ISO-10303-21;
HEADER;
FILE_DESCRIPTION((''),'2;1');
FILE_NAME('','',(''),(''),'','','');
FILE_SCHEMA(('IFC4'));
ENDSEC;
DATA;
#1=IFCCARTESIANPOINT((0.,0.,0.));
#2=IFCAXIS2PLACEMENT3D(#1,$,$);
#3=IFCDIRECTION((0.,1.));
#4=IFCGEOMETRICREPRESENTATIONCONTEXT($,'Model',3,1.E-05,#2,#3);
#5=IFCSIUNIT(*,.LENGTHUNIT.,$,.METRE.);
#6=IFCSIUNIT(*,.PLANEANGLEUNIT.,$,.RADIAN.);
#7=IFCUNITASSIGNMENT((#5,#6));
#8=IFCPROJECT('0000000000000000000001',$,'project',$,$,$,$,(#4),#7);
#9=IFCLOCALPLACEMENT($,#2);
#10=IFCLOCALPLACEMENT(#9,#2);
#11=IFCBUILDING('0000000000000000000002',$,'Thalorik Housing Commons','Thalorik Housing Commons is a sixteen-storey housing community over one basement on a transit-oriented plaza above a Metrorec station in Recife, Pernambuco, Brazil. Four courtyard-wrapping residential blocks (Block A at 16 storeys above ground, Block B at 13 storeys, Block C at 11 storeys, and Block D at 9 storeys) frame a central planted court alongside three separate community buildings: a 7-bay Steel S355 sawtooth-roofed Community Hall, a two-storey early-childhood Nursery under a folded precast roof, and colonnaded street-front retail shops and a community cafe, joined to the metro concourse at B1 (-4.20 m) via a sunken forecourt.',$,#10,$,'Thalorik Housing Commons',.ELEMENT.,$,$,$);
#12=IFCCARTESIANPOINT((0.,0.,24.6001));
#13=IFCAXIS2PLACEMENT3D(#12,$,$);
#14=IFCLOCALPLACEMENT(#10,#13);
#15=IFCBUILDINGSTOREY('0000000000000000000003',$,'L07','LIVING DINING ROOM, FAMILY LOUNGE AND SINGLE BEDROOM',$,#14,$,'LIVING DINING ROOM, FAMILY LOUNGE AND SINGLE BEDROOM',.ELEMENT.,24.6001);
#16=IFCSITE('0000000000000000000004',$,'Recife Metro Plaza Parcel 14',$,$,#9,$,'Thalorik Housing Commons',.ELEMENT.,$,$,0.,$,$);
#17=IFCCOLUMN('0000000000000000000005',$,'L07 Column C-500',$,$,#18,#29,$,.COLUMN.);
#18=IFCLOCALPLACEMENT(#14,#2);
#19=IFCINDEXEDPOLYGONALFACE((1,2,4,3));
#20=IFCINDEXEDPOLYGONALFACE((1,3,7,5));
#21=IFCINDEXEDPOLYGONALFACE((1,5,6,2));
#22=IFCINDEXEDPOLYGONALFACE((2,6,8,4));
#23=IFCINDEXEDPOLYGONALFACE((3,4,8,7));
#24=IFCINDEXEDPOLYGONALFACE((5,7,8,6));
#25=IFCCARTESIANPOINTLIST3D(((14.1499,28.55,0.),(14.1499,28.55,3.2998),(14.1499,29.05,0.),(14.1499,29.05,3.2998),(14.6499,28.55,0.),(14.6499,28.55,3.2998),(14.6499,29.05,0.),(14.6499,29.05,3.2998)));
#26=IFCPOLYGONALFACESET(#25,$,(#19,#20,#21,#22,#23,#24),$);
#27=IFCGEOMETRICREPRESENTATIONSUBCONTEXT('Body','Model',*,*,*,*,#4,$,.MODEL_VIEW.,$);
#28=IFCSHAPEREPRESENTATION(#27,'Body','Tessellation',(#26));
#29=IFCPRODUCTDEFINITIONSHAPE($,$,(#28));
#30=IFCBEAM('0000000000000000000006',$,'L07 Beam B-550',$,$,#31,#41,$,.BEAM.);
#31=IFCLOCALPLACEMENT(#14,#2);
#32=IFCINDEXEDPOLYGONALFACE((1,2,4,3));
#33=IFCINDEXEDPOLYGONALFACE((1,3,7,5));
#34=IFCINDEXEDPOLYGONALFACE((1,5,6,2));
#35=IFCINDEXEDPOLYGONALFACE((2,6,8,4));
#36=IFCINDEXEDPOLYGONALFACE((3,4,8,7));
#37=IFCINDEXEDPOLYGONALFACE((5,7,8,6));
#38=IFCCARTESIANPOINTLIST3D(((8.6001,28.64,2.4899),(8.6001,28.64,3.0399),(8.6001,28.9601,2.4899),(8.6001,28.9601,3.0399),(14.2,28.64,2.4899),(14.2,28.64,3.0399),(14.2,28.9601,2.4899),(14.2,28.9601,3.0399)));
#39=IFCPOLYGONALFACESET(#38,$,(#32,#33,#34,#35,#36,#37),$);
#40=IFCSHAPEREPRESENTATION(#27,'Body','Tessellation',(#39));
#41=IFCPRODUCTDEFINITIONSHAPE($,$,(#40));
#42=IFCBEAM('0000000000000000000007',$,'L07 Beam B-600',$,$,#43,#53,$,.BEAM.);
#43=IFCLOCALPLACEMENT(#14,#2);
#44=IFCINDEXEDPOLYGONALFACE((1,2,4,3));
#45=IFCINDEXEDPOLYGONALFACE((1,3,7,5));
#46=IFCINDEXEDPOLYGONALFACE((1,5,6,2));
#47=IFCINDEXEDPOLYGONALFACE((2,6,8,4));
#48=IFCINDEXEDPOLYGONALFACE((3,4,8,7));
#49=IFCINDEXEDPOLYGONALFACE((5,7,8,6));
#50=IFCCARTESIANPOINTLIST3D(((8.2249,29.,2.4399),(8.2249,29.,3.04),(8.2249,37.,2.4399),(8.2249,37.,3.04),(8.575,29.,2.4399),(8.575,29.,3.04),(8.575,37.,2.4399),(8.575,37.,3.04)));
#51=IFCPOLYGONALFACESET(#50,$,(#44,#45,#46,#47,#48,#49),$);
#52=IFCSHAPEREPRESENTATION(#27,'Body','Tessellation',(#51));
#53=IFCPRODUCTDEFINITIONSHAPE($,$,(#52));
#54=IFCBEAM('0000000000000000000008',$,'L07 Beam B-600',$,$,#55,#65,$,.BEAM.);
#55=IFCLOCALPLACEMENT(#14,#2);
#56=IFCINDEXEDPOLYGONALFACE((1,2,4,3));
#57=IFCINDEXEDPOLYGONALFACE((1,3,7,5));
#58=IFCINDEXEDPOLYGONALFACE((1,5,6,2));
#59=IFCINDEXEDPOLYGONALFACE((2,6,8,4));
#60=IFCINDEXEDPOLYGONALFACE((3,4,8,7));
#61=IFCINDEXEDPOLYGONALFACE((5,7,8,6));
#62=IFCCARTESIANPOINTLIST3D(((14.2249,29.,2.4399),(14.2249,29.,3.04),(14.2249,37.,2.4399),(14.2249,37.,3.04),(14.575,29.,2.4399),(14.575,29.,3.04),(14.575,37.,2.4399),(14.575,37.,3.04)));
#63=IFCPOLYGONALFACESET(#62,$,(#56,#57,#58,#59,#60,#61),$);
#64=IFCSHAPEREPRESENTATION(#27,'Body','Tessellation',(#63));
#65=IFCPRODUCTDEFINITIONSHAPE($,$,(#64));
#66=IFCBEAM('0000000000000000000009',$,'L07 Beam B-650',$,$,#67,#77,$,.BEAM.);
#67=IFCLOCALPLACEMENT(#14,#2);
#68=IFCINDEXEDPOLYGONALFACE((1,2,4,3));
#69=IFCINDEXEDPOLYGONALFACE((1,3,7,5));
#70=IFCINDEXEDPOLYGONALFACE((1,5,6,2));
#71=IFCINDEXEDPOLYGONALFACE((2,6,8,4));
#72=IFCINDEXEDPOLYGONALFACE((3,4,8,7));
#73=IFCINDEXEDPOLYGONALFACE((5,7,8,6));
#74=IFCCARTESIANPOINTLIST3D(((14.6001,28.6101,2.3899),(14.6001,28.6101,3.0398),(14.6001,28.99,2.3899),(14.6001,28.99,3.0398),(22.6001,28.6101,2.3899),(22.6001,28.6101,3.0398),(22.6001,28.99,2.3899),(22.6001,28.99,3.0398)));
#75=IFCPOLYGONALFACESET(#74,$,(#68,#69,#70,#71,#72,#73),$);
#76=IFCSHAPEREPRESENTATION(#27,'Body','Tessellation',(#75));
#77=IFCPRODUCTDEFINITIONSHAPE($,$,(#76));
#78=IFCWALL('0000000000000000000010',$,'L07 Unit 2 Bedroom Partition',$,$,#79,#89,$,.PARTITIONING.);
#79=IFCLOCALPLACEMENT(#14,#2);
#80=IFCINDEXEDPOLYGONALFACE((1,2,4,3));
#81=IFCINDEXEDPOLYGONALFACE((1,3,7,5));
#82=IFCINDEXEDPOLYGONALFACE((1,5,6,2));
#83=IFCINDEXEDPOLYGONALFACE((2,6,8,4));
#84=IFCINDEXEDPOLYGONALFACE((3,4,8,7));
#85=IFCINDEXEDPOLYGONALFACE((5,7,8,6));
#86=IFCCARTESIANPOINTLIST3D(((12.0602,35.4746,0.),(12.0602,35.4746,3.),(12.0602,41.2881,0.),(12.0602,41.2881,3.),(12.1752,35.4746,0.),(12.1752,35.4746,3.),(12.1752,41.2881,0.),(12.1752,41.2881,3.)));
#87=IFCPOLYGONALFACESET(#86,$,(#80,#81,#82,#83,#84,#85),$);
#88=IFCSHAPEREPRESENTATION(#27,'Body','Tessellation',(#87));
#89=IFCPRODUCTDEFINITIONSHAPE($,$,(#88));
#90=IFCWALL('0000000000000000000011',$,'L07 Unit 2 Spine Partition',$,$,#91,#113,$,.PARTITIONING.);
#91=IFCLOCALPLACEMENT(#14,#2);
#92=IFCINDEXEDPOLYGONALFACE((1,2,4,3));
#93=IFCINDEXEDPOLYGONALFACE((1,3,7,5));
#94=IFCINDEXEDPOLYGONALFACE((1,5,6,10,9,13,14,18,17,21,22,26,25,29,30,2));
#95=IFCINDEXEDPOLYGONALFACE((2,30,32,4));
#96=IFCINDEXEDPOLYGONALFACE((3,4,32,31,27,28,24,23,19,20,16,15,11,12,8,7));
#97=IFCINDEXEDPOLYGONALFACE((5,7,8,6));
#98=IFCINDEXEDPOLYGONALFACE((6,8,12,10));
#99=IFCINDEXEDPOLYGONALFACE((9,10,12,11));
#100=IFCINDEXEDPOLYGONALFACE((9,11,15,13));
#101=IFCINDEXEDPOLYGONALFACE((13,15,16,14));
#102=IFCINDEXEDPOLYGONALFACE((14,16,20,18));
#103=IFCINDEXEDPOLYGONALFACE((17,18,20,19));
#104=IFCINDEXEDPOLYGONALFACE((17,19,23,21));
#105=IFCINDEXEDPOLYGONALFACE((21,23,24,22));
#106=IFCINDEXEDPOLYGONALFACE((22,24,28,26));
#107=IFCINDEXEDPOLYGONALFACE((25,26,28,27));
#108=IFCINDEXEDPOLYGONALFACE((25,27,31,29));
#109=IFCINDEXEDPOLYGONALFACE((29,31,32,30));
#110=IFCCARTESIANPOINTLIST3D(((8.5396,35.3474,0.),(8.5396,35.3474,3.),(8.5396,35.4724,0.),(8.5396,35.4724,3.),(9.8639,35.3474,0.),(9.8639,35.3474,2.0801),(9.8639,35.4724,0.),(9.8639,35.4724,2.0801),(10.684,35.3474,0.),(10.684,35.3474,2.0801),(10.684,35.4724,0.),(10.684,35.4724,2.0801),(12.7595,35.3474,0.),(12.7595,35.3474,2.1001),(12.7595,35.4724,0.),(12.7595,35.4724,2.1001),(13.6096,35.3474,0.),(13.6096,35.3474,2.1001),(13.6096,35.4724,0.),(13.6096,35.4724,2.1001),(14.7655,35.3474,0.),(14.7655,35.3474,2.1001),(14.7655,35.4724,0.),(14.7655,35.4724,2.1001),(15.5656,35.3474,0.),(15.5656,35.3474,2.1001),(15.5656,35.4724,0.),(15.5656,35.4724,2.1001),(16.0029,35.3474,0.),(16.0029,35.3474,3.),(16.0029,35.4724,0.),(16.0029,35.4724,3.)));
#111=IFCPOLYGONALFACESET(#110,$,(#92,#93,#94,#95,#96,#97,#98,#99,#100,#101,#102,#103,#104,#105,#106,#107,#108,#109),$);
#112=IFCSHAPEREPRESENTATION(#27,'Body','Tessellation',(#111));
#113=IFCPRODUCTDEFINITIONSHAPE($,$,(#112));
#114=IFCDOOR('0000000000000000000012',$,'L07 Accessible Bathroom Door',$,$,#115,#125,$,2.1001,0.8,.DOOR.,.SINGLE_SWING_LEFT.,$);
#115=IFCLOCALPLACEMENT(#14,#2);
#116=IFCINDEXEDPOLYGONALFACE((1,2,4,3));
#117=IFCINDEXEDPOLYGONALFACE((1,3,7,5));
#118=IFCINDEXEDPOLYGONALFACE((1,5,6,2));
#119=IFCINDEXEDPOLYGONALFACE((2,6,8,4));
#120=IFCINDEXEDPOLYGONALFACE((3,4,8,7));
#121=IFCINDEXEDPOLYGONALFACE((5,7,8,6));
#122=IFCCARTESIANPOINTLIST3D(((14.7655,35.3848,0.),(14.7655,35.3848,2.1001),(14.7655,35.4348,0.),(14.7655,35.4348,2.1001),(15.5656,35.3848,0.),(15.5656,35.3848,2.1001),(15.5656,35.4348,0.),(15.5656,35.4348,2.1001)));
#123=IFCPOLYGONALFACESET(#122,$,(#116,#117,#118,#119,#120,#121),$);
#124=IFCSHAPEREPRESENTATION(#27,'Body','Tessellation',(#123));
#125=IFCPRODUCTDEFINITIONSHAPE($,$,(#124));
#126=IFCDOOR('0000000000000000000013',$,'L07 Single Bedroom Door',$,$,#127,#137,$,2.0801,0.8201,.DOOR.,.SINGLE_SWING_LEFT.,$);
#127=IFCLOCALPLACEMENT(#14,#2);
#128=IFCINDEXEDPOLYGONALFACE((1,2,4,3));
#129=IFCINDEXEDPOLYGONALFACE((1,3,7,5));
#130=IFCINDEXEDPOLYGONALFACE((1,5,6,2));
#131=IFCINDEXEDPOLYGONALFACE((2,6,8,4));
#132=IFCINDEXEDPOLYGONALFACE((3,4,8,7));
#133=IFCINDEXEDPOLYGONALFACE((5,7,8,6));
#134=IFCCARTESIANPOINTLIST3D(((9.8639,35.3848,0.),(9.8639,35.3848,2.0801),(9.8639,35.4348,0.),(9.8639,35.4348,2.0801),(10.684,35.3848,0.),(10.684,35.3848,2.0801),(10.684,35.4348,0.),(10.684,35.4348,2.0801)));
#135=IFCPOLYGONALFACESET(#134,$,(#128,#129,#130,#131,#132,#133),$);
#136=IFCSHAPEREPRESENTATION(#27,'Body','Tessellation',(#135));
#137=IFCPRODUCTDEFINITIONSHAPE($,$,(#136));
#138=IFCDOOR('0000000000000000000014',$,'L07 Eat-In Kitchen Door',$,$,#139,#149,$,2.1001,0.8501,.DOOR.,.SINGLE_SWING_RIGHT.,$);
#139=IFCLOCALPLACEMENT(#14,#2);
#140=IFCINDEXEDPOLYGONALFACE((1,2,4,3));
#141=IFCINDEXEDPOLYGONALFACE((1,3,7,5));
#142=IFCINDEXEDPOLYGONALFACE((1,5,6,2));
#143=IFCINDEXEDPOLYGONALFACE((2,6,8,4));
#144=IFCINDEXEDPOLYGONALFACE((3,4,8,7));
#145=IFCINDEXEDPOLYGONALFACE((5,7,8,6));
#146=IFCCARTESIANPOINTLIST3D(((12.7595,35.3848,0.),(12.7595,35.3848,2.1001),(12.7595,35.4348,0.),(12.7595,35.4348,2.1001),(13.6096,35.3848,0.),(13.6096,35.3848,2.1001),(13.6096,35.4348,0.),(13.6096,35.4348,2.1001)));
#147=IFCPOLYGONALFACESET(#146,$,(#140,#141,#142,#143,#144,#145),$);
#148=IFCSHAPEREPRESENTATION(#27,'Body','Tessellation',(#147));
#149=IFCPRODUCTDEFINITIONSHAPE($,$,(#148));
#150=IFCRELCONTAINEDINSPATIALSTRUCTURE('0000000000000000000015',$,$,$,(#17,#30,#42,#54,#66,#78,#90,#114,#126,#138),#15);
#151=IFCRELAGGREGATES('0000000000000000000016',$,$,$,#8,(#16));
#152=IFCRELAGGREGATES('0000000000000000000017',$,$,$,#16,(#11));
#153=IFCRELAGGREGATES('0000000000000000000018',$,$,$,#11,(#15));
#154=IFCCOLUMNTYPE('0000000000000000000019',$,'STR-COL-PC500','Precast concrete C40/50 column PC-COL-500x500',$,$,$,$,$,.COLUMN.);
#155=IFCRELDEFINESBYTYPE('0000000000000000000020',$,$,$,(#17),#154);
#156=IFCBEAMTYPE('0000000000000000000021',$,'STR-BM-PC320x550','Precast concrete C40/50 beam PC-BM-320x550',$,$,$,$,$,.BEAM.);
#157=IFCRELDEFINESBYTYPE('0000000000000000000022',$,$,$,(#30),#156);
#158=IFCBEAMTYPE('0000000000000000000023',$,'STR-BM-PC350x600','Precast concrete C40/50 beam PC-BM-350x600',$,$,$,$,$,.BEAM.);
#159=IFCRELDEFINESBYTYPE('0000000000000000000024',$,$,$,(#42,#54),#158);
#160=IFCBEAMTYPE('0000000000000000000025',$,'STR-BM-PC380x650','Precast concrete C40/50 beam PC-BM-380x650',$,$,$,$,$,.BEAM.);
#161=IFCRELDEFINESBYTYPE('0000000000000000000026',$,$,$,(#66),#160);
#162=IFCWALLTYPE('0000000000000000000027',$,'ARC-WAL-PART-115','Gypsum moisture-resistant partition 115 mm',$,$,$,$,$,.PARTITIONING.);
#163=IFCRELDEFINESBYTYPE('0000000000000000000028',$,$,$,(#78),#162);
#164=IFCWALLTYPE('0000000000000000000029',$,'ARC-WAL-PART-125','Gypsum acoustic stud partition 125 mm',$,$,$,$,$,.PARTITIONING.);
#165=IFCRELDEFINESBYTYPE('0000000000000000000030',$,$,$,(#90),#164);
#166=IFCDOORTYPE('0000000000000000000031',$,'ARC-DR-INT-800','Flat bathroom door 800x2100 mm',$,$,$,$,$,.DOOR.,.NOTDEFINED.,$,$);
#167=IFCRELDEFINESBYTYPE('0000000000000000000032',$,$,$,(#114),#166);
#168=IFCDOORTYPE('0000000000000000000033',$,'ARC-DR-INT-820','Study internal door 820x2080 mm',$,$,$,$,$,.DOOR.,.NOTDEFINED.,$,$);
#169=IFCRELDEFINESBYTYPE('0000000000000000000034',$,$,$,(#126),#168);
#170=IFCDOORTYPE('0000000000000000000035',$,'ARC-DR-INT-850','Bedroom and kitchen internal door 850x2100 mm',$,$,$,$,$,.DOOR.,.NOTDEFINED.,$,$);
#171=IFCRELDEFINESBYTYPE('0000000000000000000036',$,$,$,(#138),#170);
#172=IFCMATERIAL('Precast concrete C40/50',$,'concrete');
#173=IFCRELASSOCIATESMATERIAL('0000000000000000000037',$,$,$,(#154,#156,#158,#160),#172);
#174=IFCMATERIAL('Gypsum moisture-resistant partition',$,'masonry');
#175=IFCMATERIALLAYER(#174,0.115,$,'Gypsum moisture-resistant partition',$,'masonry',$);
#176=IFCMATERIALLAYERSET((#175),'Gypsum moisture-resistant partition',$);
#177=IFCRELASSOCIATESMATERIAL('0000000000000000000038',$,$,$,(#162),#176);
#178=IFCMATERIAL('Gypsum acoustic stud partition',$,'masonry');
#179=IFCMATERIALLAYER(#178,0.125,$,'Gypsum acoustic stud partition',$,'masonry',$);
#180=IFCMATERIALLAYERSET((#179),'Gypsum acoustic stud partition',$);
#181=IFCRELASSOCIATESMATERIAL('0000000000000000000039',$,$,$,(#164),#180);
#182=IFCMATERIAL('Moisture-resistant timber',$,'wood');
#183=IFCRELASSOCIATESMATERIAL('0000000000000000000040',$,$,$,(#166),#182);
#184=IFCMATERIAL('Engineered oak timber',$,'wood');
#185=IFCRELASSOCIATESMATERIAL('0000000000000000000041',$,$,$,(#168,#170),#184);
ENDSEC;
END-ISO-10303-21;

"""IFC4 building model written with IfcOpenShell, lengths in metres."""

from ifc_helpers import new_model, si_unit, direction, frame, frame_2d, origin, origin_2d, place, context, subcontext, project, spatial, rectangle, extrude, material, layer, layer_set, material_profile, profile_set, type_object, element, fill, save


model = new_model("IFC4")

# Units and contexts
model_context = context("Model", 3, precision=1e-05, world=origin(), true_north=direction((0.0, 1.0)))
body_context = subcontext(model_context, "Body", "Model", "MODEL_VIEW")
ifc_project = project(units=[si_unit("LENGTHUNIT", "METRE"), si_unit("PLANEANGLEUNIT", "RADIAN")], contexts=[model_context])

# Site, building, storey
site_placement = place(None, origin())
site = spatial("IfcSite", under=ifc_project, at=site_placement, Name="Recife Metro Plaza Parcel 14", LongName="Thalorik Housing Commons", CompositionType="ELEMENT", RefElevation=0.0)
building_placement = place(site_placement, origin())
building = spatial("IfcBuilding", under=site, at=building_placement, Name="Thalorik Housing Commons", Description="Thalorik Housing Commons is a sixteen-storey housing community over one basement on a transit-oriented plaza above a Metrorec station in Recife, Pernambuco, Brazil. Four courtyard-wrapping residential blocks (Block A at 16 storeys above ground, Block B at 13 storeys, Block C at 11 storeys, and Block D at 9 storeys) frame a central planted court alongside three separate community buildings: a 7-bay Steel S355 sawtooth-roofed Community Hall, a two-storey early-childhood Nursery under a folded precast roof, and colonnaded street-front retail shops and a community cafe, joined to the metro concourse at B1 (-4.20 m) via a sunken forecourt.", LongName="Thalorik Housing Commons", CompositionType="ELEMENT")
storey_placement = place(building_placement, frame((0.0, 0.0, 24.6001)))
storey = spatial("IfcBuildingStorey", under=building, at=storey_placement, Name="L07", Description="LIVING DINING ROOM, FAMILY LOUNGE AND SINGLE BEDROOM", LongName="LIVING DINING ROOM, FAMILY LOUNGE AND SINGLE BEDROOM", CompositionType="ELEMENT", Elevation=24.6001)

# Column
ifc_material_1 = material(Name="Precast concrete C40/50", Category="concrete")
ifc_material_profile_1 = material_profile(ifc_material_1, rectangle(XDim=0.5, YDim=0.5, at=origin_2d()), Name="PC 500x500", Category="concrete")
ifc_profile_set_1 = profile_set([ifc_material_profile_1], Name="Precast concrete C40/50")
column_type = type_object("IfcColumnType", Name="STR-COL-PC500", Description="Precast concrete C40/50 column PC-COL-500x500", PredefinedType="COLUMN", material=ifc_profile_set_1)
column_placement = place(storey_placement, frame((14.3999, 28.8, 0.0), z_axis=(0.0, 0.0, 1.0), x_axis=(1.0, 0.0, 0.0)))
element("IfcColumn", 1, at=column_placement, inside=storey, type_object=column_type, Name="L07 Column C-500", PredefinedType="COLUMN", context=body_context, shape_type="SweptSolid", body=[
    extrude(rectangle(XDim=0.5, YDim=0.5, at=origin_2d()), origin(), (0.0, 0.0, 1.0), 3.2998),
])

# Beams
ifc_material_profile_2 = material_profile(ifc_material_1, rectangle(XDim=0.3201, YDim=0.55, at=origin_2d()), Name="PC 320x550", Category="concrete")
ifc_profile_set_2 = profile_set([ifc_material_profile_2], Name="Precast concrete C40/50")
beam_type_1 = type_object("IfcBeamType", Name="STR-BM-PC320x550", Description="Precast concrete C40/50 beam PC-BM-320x550", PredefinedType="BEAM", material=ifc_profile_set_2)
beam_1_placement = place(storey_placement, frame((8.6001, 28.8, 2.7649), z_axis=(1.0, 0.0, 0.0), x_axis=(0.0, 1.0, 0.0)))
element("IfcBeam", 2, at=beam_1_placement, inside=storey, type_object=beam_type_1, Name="L07 Beam B-550", PredefinedType="BEAM", context=body_context, shape_type="SweptSolid", body=[
    extrude(rectangle(XDim=0.3201, YDim=0.55, at=origin_2d()), origin(), (0.0, 0.0, 1.0), 5.5999),
])
ifc_material_profile_3 = material_profile(ifc_material_1, rectangle(XDim=0.3501, YDim=0.6001, at=origin_2d()), Name="PC 350x600", Category="concrete")
ifc_profile_set_3 = profile_set([ifc_material_profile_3], Name="Precast concrete C40/50")
beam_type_2 = type_object("IfcBeamType", Name="STR-BM-PC350x600", Description="Precast concrete C40/50 beam PC-BM-350x600", PredefinedType="BEAM", material=ifc_profile_set_3)
for number, where, z_axis, x_axis, name in (
    (3, (8.3999, 29.0, 2.74), (0.0, 1.0, 0.0), (-1.0, 0.0, 0.0), "L07 Beam B-600"),
    (4, (14.3999, 29.0, 2.74), (0.0, 1.0, 0.0), (-1.0, 0.0, 0.0), "L07 Beam B-600"),
):
    element("IfcBeam", number, at=place(storey_placement, frame(where, z_axis=z_axis, x_axis=x_axis)), inside=storey, type_object=beam_type_2, Name=name, PredefinedType="BEAM", context=body_context, shape_type="SweptSolid", body=[
        extrude(rectangle(XDim=0.3501, YDim=0.6001, at=origin_2d()), origin(), (0.0, 0.0, 1.0), 8.0),
    ])
ifc_material_profile_4 = material_profile(ifc_material_1, rectangle(XDim=0.3799, YDim=0.6499, at=origin_2d()), Name="PC 380x650", Category="concrete")
ifc_profile_set_4 = profile_set([ifc_material_profile_4], Name="Precast concrete C40/50")
beam_type_3 = type_object("IfcBeamType", Name="STR-BM-PC380x650", Description="Precast concrete C40/50 beam PC-BM-380x650", PredefinedType="BEAM", material=ifc_profile_set_4)
beam_2_placement = place(storey_placement, frame((14.6001, 28.8, 2.7148), z_axis=(1.0, 0.0, 0.0), x_axis=(0.0, 1.0, 0.0)))
element("IfcBeam", 5, at=beam_2_placement, inside=storey, type_object=beam_type_3, Name="L07 Beam B-650", PredefinedType="BEAM", context=body_context, shape_type="SweptSolid", body=[
    extrude(rectangle(XDim=0.3799, YDim=0.6499, at=origin_2d()), origin(), (0.0, 0.0, 1.0), 8.0),
])

# Wall
ifc_material_2 = material(Name="Gypsum moisture-resistant partition", Category="masonry")
ifc_layer_1 = layer(ifc_material_2, 0.115, Name="Gypsum moisture-resistant partition", Category="masonry")
ifc_layer_set_1 = layer_set([ifc_layer_1], Name="Gypsum moisture-resistant partition")
wall_type_1 = type_object("IfcWallType", Name="ARC-WAL-PART-115", Description="Gypsum moisture-resistant partition 115 mm", PredefinedType="PARTITIONING", material=ifc_layer_set_1)
wall_1_placement = place(storey_placement, frame((12.1177, 35.4746, 0.0), z_axis=(0.0, 0.0, 1.0), x_axis=(0.0, 1.0, 0.0)))
element("IfcWall", 6, at=wall_1_placement, inside=storey, type_object=wall_type_1, Name="L07 Unit 2 Bedroom Partition", PredefinedType="PARTITIONING", context=body_context, shape_type="SweptSolid", body=[
    extrude(rectangle(XDim=5.8135, YDim=0.115, at=frame_2d((2.9067, 0.0))), origin(), (0.0, 0.0, 1.0), 3.0),
])

# Wall, openings, doors
ifc_material_3 = material(Name="Gypsum acoustic stud partition", Category="masonry")
ifc_layer_2 = layer(ifc_material_3, 0.125, Name="Gypsum acoustic stud partition", Category="masonry")
ifc_layer_set_2 = layer_set([ifc_layer_2], Name="Gypsum acoustic stud partition")
wall_type_2 = type_object("IfcWallType", Name="ARC-WAL-PART-125", Description="Gypsum acoustic stud partition 125 mm", PredefinedType="PARTITIONING", material=ifc_layer_set_2)
wall_2_placement = place(storey_placement, frame((8.5396, 35.4099, 0.0), z_axis=(0.0, 0.0, 1.0), x_axis=(1.0, 0.0, 0.0)))
wall_2 = element("IfcWall", 7, at=wall_2_placement, inside=storey, type_object=wall_type_2, Name="L07 Unit 2 Spine Partition", PredefinedType="PARTITIONING", context=body_context, shape_type="SweptSolid", body=[
    extrude(rectangle(XDim=7.4634, YDim=0.125, at=frame_2d((3.7317, 0.0))), origin(), (0.0, 0.0, 1.0), 3.0),
])
opening_1_placement = place(wall_2_placement, frame((1.3242, 0.0, 0.0)))
opening_1 = element("IfcOpeningElement", 8, at=opening_1_placement, cuts=wall_2, PredefinedType="OPENING", context=body_context, shape_type="SweptSolid", body=[
    extrude(rectangle(XDim=0.8201, YDim=2.0801, at=frame_2d((0.4102, 1.04))), frame((0.0, 0.0725, 0.0), z_axis=(0.0, -1.0, 0.0), x_axis=(1.0, 0.0, 0.0)), (0.0, 0.0, 1.0), 0.145),
])
opening_2_placement = place(wall_2_placement, frame((4.22, 0.0, 0.0)))
opening_2 = element("IfcOpeningElement", 9, at=opening_2_placement, cuts=wall_2, PredefinedType="OPENING", context=body_context, shape_type="SweptSolid", body=[
    extrude(rectangle(XDim=0.8501, YDim=2.1001, at=frame_2d((0.425, 1.05))), frame((0.0, 0.0725, 0.0), z_axis=(0.0, -1.0, 0.0), x_axis=(1.0, 0.0, 0.0)), (0.0, 0.0, 1.0), 0.145),
])
opening_3_placement = place(wall_2_placement, frame((6.2261, 0.0, 0.0)))
opening_3 = element("IfcOpeningElement", 10, at=opening_3_placement, cuts=wall_2, PredefinedType="OPENING", context=body_context, shape_type="SweptSolid", body=[
    extrude(rectangle(XDim=0.8, YDim=2.1001, at=frame_2d((0.3999, 1.05))), frame((0.0, 0.0725, 0.0), z_axis=(0.0, -1.0, 0.0), x_axis=(1.0, 0.0, 0.0)), (0.0, 0.0, 1.0), 0.145),
])
ifc_material_4 = material(Name="Moisture-resistant timber", Category="wood")
door_type_1 = type_object("IfcDoorType", Name="ARC-DR-INT-800", Description="Flat bathroom door 800x2100 mm", OperationType="NOTDEFINED", PredefinedType="DOOR", material=ifc_material_4)
door_1_placement = place(opening_3_placement, origin())
door_1 = element("IfcDoor", 11, at=door_1_placement, inside=storey, type_object=door_type_1, Name="L07 Accessible Bathroom Door", OperationType="SINGLE_SWING_LEFT", OverallHeight=2.1001, OverallWidth=0.8, PredefinedType="DOOR", context=body_context, shape_type="SweptSolid", body=[
    extrude(rectangle(XDim=0.8, YDim=2.1001, at=frame_2d((0.3999, 1.05))), frame((0.0, 0.0249, 0.0), z_axis=(0.0, -1.0, 0.0), x_axis=(1.0, 0.0, 0.0)), (0.0, 0.0, 1.0), 0.05),
])
fill(opening_3, door_1)
ifc_material_5 = material(Name="Engineered oak timber", Category="wood")
door_type_2 = type_object("IfcDoorType", Name="ARC-DR-INT-820", Description="Study internal door 820x2080 mm", OperationType="NOTDEFINED", PredefinedType="DOOR", material=ifc_material_5)
door_2_placement = place(opening_1_placement, origin())
door_2 = element("IfcDoor", 12, at=door_2_placement, inside=storey, type_object=door_type_2, Name="L07 Single Bedroom Door", OperationType="SINGLE_SWING_LEFT", OverallHeight=2.0801, OverallWidth=0.8201, PredefinedType="DOOR", context=body_context, shape_type="SweptSolid", body=[
    extrude(rectangle(XDim=0.8201, YDim=2.0801, at=frame_2d((0.4102, 1.04))), frame((0.0, 0.0249, 0.0), z_axis=(0.0, -1.0, 0.0), x_axis=(1.0, 0.0, 0.0)), (0.0, 0.0, 1.0), 0.05),
])
fill(opening_1, door_2)
door_type_3 = type_object("IfcDoorType", Name="ARC-DR-INT-850", Description="Bedroom and kitchen internal door 850x2100 mm", OperationType="NOTDEFINED", PredefinedType="DOOR", material=ifc_material_5)
door_3_placement = place(opening_2_placement, origin())
door_3 = element("IfcDoor", 13, at=door_3_placement, inside=storey, type_object=door_type_3, Name="L07 Eat-In Kitchen Door", OperationType="SINGLE_SWING_RIGHT", OverallHeight=2.1001, OverallWidth=0.8501, PredefinedType="DOOR", context=body_context, shape_type="SweptSolid", body=[
    extrude(rectangle(XDim=0.8501, YDim=2.1001, at=frame_2d((0.425, 1.05))), frame((0.0, 0.0249, 0.0), z_axis=(0.0, -1.0, 0.0), x_axis=(1.0, 0.0, 0.0)), (0.0, 0.0, 1.0), 0.05),
])
fill(opening_2, door_3)

save(model, "model.ifc")
